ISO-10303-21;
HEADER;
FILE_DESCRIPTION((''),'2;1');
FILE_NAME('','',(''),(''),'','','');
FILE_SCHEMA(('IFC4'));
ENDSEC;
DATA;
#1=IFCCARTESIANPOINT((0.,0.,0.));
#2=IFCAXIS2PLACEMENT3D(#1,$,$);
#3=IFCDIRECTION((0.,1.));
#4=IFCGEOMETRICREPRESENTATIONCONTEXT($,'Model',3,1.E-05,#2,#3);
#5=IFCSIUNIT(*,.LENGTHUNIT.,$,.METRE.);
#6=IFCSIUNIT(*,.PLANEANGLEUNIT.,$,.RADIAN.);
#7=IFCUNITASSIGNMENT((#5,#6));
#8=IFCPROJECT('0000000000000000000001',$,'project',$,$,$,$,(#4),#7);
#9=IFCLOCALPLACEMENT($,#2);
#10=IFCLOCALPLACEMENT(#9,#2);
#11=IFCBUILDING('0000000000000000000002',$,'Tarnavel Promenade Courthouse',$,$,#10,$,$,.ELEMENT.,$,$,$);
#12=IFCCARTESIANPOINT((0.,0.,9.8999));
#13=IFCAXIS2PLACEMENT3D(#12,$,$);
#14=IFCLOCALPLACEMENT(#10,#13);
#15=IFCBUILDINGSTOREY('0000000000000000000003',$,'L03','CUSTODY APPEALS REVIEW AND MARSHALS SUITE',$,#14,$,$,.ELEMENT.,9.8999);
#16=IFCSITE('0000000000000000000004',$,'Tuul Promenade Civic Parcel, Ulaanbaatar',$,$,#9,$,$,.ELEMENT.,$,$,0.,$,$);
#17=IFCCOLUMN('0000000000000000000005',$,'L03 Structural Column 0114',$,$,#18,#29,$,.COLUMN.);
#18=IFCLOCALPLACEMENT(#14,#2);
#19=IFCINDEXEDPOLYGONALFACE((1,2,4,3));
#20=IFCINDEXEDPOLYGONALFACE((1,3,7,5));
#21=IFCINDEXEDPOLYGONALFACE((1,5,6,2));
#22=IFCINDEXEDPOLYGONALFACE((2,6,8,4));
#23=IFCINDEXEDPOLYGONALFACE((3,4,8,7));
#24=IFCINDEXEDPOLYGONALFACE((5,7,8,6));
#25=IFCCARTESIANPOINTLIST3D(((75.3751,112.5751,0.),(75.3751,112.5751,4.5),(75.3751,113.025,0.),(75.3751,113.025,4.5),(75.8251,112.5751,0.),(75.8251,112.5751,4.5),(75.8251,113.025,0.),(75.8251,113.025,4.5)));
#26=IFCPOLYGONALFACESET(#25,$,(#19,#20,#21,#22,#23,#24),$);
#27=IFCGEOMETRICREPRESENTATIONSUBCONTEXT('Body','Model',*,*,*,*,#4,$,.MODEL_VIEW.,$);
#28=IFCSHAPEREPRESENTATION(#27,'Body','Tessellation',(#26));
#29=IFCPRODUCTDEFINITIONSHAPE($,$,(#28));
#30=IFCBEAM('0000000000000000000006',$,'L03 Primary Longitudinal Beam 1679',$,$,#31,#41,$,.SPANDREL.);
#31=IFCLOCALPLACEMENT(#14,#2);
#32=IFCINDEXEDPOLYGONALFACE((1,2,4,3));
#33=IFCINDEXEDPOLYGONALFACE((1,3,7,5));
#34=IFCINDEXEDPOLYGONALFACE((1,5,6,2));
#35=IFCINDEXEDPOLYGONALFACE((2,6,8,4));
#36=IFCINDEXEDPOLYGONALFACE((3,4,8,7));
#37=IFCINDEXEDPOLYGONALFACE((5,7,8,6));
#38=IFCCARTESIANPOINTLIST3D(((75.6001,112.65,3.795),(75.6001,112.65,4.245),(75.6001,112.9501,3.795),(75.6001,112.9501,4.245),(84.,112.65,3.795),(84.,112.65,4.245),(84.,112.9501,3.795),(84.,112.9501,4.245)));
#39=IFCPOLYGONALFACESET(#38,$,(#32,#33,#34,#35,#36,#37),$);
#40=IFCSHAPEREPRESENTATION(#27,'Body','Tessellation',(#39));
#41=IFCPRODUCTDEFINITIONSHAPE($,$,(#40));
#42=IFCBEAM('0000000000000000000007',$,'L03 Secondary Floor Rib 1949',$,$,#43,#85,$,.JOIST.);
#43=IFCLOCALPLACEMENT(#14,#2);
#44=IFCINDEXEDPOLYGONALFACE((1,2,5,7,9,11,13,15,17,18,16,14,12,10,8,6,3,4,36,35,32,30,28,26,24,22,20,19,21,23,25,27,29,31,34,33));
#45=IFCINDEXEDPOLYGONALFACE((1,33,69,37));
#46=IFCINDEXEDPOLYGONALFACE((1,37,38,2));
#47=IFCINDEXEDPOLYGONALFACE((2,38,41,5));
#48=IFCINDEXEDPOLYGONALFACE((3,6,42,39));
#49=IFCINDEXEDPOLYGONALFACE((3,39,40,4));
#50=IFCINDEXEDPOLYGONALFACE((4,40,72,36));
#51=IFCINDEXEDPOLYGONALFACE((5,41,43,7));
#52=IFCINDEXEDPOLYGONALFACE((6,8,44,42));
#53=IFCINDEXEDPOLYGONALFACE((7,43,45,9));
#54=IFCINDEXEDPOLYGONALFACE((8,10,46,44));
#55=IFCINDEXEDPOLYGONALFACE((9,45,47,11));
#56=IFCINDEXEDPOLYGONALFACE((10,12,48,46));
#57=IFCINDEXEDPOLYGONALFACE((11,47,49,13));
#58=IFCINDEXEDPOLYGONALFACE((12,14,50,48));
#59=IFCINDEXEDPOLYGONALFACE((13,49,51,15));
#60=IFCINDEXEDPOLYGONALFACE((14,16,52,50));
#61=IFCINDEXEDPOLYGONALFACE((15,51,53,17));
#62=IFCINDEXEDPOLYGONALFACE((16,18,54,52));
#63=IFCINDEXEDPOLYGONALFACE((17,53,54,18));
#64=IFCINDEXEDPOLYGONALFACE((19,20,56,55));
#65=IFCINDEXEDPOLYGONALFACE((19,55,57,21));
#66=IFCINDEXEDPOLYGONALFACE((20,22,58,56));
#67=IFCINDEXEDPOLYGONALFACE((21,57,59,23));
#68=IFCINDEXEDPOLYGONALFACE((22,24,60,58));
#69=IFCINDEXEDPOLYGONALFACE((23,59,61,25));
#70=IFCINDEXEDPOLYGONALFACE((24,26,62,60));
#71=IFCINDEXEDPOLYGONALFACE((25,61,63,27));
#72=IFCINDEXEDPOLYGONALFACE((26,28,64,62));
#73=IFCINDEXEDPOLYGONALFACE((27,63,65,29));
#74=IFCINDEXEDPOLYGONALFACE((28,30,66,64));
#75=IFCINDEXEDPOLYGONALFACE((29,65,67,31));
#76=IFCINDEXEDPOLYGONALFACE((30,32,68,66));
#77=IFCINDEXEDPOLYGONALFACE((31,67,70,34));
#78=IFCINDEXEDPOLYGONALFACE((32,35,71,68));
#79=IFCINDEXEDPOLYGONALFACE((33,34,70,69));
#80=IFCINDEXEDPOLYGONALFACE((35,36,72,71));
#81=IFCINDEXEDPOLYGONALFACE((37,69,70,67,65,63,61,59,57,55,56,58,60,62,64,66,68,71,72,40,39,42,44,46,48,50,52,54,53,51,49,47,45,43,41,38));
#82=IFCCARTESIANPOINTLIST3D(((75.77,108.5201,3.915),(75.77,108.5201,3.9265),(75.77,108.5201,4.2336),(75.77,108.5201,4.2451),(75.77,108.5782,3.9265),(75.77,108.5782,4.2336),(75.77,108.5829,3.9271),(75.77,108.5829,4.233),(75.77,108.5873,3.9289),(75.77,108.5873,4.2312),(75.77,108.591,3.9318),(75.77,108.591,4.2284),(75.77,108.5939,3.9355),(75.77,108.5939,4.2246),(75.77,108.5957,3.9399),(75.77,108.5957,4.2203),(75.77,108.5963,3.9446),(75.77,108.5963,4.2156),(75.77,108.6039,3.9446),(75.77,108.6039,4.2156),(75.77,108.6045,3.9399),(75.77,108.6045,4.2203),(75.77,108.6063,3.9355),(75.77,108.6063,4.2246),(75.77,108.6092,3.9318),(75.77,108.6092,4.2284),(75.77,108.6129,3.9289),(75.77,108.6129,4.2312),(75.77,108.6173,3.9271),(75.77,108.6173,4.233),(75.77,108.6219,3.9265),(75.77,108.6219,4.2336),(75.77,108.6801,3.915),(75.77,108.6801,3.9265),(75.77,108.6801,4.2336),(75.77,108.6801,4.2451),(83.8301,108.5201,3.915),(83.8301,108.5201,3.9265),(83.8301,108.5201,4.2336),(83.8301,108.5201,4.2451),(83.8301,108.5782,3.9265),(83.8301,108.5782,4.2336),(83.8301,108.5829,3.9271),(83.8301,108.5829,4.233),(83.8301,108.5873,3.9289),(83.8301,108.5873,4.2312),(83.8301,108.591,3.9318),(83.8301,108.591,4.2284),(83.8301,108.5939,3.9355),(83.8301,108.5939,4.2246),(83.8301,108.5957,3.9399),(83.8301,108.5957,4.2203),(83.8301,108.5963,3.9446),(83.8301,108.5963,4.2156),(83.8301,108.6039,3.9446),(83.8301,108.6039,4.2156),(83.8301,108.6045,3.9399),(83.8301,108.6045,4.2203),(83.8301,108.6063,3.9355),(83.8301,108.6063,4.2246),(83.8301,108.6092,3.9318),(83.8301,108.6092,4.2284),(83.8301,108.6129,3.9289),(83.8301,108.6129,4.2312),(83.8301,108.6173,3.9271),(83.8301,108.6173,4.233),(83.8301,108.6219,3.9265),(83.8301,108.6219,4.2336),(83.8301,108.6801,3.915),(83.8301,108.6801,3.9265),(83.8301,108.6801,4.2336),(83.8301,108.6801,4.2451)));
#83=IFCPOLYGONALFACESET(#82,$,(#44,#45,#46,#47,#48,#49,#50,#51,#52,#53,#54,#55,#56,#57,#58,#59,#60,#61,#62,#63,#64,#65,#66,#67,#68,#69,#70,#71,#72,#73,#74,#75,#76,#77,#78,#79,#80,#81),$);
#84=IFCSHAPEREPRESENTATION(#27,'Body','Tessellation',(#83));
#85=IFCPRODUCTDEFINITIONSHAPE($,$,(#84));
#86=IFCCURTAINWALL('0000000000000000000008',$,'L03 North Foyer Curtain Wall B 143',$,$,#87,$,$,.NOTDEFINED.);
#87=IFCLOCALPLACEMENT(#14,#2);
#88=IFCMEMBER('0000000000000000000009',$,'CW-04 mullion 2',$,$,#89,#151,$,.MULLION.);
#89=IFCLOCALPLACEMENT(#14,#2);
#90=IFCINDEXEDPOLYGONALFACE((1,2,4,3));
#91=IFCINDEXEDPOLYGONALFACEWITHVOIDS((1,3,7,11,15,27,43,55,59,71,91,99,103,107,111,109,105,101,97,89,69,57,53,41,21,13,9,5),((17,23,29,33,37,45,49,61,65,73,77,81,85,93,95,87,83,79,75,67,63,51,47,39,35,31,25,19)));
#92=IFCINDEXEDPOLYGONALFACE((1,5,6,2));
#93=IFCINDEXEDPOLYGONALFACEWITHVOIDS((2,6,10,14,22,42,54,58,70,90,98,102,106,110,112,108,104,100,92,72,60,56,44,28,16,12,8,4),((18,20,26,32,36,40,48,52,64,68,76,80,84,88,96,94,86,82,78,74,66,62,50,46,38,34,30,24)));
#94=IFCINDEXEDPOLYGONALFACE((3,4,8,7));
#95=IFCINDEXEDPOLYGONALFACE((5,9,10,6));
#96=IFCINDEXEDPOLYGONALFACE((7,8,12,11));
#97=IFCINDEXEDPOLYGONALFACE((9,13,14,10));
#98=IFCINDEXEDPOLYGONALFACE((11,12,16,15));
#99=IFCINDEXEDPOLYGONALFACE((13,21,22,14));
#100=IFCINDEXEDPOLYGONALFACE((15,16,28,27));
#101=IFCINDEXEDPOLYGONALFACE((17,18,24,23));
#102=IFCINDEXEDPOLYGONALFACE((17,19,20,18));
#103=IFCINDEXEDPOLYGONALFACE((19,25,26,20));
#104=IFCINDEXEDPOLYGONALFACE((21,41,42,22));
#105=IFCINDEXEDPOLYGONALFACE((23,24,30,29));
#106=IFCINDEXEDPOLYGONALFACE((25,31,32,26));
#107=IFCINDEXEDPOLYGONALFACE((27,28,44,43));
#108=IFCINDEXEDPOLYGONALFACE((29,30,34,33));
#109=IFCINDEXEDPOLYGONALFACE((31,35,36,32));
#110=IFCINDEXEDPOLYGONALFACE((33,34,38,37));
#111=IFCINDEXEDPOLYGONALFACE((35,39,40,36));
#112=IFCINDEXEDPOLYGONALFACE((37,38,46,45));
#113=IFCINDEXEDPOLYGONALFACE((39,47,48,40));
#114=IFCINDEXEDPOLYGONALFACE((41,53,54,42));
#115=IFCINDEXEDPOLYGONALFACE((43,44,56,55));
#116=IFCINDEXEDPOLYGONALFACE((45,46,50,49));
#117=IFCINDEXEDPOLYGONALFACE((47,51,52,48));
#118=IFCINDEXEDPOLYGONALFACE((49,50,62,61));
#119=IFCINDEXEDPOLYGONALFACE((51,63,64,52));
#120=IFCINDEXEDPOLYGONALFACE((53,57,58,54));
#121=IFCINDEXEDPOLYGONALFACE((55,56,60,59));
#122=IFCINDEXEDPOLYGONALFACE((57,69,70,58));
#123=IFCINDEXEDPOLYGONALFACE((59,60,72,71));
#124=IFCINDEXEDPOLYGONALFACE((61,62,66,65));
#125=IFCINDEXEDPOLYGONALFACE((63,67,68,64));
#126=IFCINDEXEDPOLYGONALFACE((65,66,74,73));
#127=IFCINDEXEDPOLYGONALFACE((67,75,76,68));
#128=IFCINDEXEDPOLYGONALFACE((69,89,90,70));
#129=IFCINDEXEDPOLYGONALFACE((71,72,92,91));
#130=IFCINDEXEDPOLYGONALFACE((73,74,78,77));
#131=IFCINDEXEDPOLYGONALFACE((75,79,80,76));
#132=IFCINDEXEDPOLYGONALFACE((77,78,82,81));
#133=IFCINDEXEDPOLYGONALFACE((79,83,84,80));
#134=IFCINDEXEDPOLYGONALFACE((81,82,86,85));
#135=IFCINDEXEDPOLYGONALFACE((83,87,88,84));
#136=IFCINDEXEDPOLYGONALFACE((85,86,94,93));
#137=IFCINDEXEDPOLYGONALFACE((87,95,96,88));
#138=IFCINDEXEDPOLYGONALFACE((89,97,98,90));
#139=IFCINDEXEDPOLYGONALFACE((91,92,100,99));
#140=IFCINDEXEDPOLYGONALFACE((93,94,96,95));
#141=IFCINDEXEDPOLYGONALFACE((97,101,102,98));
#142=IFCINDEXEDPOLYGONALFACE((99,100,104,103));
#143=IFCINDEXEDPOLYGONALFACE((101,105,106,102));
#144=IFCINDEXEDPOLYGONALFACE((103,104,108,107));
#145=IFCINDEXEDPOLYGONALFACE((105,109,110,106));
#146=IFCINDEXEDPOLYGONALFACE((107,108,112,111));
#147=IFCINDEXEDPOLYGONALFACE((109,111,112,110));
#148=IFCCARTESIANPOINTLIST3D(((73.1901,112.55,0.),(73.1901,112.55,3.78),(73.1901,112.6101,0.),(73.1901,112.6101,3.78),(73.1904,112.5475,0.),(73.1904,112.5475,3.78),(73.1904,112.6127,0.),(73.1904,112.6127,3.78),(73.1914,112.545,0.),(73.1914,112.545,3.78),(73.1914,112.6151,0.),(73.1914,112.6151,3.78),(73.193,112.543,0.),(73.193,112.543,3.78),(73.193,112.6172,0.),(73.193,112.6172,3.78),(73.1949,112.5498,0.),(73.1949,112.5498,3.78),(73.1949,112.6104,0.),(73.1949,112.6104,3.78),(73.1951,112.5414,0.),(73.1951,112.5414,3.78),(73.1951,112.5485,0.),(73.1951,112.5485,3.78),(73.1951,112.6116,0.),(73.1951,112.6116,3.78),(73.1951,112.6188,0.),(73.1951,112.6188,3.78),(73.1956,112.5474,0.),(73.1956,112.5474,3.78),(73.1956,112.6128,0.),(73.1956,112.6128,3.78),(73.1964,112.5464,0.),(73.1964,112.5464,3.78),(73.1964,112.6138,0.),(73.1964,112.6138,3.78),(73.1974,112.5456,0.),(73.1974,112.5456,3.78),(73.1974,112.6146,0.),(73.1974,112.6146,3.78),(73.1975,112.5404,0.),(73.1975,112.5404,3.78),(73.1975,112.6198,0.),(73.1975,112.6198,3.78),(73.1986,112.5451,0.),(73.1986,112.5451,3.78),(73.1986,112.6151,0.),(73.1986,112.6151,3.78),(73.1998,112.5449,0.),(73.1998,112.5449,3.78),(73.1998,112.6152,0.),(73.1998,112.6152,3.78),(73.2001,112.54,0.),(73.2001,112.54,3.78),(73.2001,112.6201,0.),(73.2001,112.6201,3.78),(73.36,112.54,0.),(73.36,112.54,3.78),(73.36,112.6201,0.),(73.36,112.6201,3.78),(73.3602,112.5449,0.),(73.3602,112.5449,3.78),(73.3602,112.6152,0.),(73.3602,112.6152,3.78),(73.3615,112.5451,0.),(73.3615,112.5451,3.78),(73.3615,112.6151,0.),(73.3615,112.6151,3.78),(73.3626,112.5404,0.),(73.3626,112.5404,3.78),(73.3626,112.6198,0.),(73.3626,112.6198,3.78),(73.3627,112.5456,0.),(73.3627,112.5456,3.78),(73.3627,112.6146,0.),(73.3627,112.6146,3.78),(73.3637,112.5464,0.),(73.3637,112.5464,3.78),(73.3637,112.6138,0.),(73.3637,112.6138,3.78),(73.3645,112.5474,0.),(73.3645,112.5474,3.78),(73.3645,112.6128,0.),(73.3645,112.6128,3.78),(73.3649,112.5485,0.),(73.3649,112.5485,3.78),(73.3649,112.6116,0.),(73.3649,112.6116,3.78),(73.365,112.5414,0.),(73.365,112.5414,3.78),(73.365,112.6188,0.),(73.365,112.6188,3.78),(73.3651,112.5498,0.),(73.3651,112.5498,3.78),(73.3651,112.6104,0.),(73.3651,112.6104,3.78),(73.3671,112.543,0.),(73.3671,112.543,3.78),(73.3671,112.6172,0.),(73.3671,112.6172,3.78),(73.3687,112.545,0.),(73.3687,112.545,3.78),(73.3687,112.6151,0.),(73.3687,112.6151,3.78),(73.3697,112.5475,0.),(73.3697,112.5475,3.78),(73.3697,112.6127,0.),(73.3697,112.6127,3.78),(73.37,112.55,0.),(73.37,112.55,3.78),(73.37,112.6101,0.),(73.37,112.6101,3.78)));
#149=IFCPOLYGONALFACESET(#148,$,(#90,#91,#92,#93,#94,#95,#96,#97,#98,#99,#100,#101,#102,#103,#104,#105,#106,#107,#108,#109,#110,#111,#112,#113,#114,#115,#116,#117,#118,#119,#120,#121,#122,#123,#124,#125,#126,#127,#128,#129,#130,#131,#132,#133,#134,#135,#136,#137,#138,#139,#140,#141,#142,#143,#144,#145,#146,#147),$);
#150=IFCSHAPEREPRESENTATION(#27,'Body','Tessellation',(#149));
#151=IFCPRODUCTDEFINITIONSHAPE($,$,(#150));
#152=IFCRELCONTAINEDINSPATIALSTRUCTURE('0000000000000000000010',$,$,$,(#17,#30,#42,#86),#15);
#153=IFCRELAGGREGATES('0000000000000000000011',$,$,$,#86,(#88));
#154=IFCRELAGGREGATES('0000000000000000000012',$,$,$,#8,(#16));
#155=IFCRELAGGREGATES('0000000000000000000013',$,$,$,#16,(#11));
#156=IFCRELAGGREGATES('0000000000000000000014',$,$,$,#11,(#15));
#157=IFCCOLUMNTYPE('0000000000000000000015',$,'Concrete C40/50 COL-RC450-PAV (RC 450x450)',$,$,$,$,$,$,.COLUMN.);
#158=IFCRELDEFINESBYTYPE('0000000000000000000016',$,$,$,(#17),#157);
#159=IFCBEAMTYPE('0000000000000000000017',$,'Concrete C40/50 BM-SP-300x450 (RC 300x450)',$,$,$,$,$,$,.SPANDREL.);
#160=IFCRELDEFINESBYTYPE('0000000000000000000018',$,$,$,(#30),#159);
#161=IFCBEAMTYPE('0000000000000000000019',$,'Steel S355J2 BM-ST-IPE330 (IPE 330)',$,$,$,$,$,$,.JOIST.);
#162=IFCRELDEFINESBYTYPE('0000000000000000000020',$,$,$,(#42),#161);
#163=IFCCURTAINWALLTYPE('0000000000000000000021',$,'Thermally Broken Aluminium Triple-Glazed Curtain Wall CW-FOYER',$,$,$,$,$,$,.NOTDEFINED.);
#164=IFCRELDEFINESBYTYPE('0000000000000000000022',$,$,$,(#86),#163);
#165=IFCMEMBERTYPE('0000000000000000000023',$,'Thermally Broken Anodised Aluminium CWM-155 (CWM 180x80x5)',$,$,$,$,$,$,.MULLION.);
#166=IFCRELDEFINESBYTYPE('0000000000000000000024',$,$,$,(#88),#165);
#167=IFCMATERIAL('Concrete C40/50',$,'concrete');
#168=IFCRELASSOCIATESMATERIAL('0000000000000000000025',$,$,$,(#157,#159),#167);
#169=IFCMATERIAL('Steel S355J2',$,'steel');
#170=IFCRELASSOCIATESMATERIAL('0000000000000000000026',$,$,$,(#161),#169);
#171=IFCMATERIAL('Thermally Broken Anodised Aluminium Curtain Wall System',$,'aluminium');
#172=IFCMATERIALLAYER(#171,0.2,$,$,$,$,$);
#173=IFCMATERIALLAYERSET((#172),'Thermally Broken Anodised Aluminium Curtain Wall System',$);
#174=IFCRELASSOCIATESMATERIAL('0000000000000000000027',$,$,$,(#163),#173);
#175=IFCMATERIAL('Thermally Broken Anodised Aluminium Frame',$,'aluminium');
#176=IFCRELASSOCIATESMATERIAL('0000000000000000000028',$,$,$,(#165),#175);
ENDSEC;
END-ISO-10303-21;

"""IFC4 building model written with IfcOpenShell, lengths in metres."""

from ifc_helpers import new_model, si_unit, direction, frame, origin, origin_2d, place, context, subcontext, project, spatial, rectangle, hollow_rectangle, i_section, extrude, material, layer, layer_set, material_profile, profile_set, type_object, element, aggregate, save


model = new_model("IFC4")

# Units and contexts
model_context = context("Model", 3, precision=1e-05, world=origin(), true_north=direction((0.0, 1.0)))
body_context = subcontext(model_context, "Body", "Model", "MODEL_VIEW")
ifc_project = project(units=[si_unit("LENGTHUNIT", "METRE"), si_unit("PLANEANGLEUNIT", "RADIAN")], contexts=[model_context])

# Site, building, storey
site_placement = place(None, origin())
site = spatial("IfcSite", under=ifc_project, at=site_placement, Name="Tuul Promenade Civic Parcel, Ulaanbaatar", CompositionType="ELEMENT", RefElevation=0.0)
building_placement = place(site_placement, origin())
building = spatial("IfcBuilding", under=site, at=building_placement, Name="Tarnavel Promenade Courthouse", CompositionType="ELEMENT")
storey_placement = place(building_placement, frame((0.0, 0.0, 9.8999)))
storey = spatial("IfcBuildingStorey", under=building, at=storey_placement, Name="L03", Description="CUSTODY APPEALS REVIEW AND MARSHALS SUITE", CompositionType="ELEMENT", Elevation=9.8999)

# Column
ifc_material_1 = material(Name="Concrete C40/50", Category="concrete")
ifc_material_profile_1 = material_profile(ifc_material_1, rectangle(XDim=0.45, YDim=0.45, at=origin_2d()), Name="RC 450x450")
ifc_profile_set_1 = profile_set([ifc_material_profile_1], Name="Concrete C40/50")
column_type = type_object("IfcColumnType", Name="Concrete C40/50 COL-RC450-PAV (RC 450x450)", PredefinedType="COLUMN", material=ifc_profile_set_1)
column_placement = place(storey_placement, frame((75.6001, 112.8, 0.0), z_axis=(0.0, 0.0, 1.0), x_axis=(1.0, 0.0, 0.0)))
element("IfcColumn", 1, at=column_placement, inside=storey, type_object=column_type, Name="L03 Structural Column 0114", PredefinedType="COLUMN", context=body_context, shape_type="SweptSolid", body=[
    extrude(rectangle(XDim=0.45, YDim=0.45, at=origin_2d()), origin(), (0.0, 0.0, 1.0), 4.5),
])

# Beams
ifc_material_profile_2 = material_profile(ifc_material_1, rectangle(XDim=0.3, YDim=0.45, at=origin_2d()), Name="RC 300x450")
ifc_profile_set_2 = profile_set([ifc_material_profile_2], Name="Concrete C40/50")
beam_type_1 = type_object("IfcBeamType", Name="Concrete C40/50 BM-SP-300x450 (RC 300x450)", PredefinedType="SPANDREL", material=ifc_profile_set_2)
beam_1_placement = place(storey_placement, frame((75.6001, 112.8, 4.02), z_axis=(1.0, 0.0, 0.0), x_axis=(0.0, 1.0, 0.0)))
element("IfcBeam", 2, at=beam_1_placement, inside=storey, type_object=beam_type_1, Name="L03 Primary Longitudinal Beam 1679", PredefinedType="SPANDREL", context=body_context, shape_type="SweptSolid", body=[
    extrude(rectangle(XDim=0.3, YDim=0.45, at=origin_2d()), origin(), (0.0, 0.0, 1.0), 8.3999),
])
ifc_material_2 = material(Name="Steel S355J2", Category="steel")
ifc_material_profile_3 = material_profile(ifc_material_2, i_section(OverallWidth=0.1599, OverallDepth=0.3301, WebThickness=0.0076, FlangeThickness=0.0115, FilletRadius=0.0181, at=origin_2d()), Name="IPE 330")
ifc_profile_set_3 = profile_set([ifc_material_profile_3], Name="Steel S355J2")
beam_type_2 = type_object("IfcBeamType", Name="Steel S355J2 BM-ST-IPE330 (IPE 330)", PredefinedType="JOIST", material=ifc_profile_set_3)
beam_2_placement = place(storey_placement, frame((75.77, 108.6001, 4.0801), z_axis=(1.0, 0.0, 0.0), x_axis=(0.0, 1.0, 0.0)))
element("IfcBeam", 3, at=beam_2_placement, inside=storey, type_object=beam_type_2, Name="L03 Secondary Floor Rib 1949", PredefinedType="JOIST", context=body_context, shape_type="SweptSolid", body=[
    extrude(i_section(OverallWidth=0.1599, OverallDepth=0.3301, WebThickness=0.0076, FlangeThickness=0.0115, FilletRadius=0.0181, at=origin_2d()), origin(), (0.0, 0.0, 1.0), 8.0601),
])

# Curtain wall, member
ifc_material_3 = material(Name="Thermally Broken Anodised Aluminium Curtain Wall System", Category="aluminium")
ifc_layer_1 = layer(ifc_material_3, 0.2)
ifc_layer_set_1 = layer_set([ifc_layer_1], Name="Thermally Broken Anodised Aluminium Curtain Wall System")
curtain_wall_type = type_object("IfcCurtainWallType", Name="Thermally Broken Aluminium Triple-Glazed Curtain Wall CW-FOYER", PredefinedType="NOTDEFINED", material=ifc_layer_set_1)
curtain_wall_1_placement = place(storey_placement, origin())
curtain_wall_1 = element("IfcCurtainWall", 4, at=curtain_wall_1_placement, inside=storey, type_object=curtain_wall_type, Name="L03 North Foyer Curtain Wall B 143", PredefinedType="NOTDEFINED")
ifc_material_4 = material(Name="Thermally Broken Anodised Aluminium Frame", Category="aluminium")
ifc_material_profile_4 = material_profile(ifc_material_4, hollow_rectangle(XDim=0.0801, YDim=0.1799, WallThickness=0.0049, InnerFilletRadius=0.0049, OuterFilletRadius=0.01, at=origin_2d()), Name="CWM 180x80x5")
ifc_profile_set_4 = profile_set([ifc_material_profile_4], Name="Thermally Broken Anodised Aluminium Frame")
member_type_1 = type_object("IfcMemberType", Name="Thermally Broken Anodised Aluminium CWM-155 (CWM 180x80x5)", PredefinedType="MULLION", material=ifc_profile_set_4)
member_1_placement = place(storey_placement, frame((73.28, 112.5801, 0.0), z_axis=(0.0, 0.0, 1.0), x_axis=(0.0, 1.0, 0.0)))
member_1 = element("IfcMember", 5, at=member_1_placement, type_object=member_type_1, Name="CW-04 mullion 2", PredefinedType="MULLION", context=body_context, shape_type="SweptSolid", body=[
    extrude(hollow_rectangle(XDim=0.0801, YDim=0.1799, WallThickness=0.0049, InnerFilletRadius=0.0049, OuterFilletRadius=0.01, at=origin_2d()), origin(), (0.0, 0.0, 1.0), 3.78),
])

aggregate(curtain_wall_1, [member_1])

save(model, "model.ifc")
